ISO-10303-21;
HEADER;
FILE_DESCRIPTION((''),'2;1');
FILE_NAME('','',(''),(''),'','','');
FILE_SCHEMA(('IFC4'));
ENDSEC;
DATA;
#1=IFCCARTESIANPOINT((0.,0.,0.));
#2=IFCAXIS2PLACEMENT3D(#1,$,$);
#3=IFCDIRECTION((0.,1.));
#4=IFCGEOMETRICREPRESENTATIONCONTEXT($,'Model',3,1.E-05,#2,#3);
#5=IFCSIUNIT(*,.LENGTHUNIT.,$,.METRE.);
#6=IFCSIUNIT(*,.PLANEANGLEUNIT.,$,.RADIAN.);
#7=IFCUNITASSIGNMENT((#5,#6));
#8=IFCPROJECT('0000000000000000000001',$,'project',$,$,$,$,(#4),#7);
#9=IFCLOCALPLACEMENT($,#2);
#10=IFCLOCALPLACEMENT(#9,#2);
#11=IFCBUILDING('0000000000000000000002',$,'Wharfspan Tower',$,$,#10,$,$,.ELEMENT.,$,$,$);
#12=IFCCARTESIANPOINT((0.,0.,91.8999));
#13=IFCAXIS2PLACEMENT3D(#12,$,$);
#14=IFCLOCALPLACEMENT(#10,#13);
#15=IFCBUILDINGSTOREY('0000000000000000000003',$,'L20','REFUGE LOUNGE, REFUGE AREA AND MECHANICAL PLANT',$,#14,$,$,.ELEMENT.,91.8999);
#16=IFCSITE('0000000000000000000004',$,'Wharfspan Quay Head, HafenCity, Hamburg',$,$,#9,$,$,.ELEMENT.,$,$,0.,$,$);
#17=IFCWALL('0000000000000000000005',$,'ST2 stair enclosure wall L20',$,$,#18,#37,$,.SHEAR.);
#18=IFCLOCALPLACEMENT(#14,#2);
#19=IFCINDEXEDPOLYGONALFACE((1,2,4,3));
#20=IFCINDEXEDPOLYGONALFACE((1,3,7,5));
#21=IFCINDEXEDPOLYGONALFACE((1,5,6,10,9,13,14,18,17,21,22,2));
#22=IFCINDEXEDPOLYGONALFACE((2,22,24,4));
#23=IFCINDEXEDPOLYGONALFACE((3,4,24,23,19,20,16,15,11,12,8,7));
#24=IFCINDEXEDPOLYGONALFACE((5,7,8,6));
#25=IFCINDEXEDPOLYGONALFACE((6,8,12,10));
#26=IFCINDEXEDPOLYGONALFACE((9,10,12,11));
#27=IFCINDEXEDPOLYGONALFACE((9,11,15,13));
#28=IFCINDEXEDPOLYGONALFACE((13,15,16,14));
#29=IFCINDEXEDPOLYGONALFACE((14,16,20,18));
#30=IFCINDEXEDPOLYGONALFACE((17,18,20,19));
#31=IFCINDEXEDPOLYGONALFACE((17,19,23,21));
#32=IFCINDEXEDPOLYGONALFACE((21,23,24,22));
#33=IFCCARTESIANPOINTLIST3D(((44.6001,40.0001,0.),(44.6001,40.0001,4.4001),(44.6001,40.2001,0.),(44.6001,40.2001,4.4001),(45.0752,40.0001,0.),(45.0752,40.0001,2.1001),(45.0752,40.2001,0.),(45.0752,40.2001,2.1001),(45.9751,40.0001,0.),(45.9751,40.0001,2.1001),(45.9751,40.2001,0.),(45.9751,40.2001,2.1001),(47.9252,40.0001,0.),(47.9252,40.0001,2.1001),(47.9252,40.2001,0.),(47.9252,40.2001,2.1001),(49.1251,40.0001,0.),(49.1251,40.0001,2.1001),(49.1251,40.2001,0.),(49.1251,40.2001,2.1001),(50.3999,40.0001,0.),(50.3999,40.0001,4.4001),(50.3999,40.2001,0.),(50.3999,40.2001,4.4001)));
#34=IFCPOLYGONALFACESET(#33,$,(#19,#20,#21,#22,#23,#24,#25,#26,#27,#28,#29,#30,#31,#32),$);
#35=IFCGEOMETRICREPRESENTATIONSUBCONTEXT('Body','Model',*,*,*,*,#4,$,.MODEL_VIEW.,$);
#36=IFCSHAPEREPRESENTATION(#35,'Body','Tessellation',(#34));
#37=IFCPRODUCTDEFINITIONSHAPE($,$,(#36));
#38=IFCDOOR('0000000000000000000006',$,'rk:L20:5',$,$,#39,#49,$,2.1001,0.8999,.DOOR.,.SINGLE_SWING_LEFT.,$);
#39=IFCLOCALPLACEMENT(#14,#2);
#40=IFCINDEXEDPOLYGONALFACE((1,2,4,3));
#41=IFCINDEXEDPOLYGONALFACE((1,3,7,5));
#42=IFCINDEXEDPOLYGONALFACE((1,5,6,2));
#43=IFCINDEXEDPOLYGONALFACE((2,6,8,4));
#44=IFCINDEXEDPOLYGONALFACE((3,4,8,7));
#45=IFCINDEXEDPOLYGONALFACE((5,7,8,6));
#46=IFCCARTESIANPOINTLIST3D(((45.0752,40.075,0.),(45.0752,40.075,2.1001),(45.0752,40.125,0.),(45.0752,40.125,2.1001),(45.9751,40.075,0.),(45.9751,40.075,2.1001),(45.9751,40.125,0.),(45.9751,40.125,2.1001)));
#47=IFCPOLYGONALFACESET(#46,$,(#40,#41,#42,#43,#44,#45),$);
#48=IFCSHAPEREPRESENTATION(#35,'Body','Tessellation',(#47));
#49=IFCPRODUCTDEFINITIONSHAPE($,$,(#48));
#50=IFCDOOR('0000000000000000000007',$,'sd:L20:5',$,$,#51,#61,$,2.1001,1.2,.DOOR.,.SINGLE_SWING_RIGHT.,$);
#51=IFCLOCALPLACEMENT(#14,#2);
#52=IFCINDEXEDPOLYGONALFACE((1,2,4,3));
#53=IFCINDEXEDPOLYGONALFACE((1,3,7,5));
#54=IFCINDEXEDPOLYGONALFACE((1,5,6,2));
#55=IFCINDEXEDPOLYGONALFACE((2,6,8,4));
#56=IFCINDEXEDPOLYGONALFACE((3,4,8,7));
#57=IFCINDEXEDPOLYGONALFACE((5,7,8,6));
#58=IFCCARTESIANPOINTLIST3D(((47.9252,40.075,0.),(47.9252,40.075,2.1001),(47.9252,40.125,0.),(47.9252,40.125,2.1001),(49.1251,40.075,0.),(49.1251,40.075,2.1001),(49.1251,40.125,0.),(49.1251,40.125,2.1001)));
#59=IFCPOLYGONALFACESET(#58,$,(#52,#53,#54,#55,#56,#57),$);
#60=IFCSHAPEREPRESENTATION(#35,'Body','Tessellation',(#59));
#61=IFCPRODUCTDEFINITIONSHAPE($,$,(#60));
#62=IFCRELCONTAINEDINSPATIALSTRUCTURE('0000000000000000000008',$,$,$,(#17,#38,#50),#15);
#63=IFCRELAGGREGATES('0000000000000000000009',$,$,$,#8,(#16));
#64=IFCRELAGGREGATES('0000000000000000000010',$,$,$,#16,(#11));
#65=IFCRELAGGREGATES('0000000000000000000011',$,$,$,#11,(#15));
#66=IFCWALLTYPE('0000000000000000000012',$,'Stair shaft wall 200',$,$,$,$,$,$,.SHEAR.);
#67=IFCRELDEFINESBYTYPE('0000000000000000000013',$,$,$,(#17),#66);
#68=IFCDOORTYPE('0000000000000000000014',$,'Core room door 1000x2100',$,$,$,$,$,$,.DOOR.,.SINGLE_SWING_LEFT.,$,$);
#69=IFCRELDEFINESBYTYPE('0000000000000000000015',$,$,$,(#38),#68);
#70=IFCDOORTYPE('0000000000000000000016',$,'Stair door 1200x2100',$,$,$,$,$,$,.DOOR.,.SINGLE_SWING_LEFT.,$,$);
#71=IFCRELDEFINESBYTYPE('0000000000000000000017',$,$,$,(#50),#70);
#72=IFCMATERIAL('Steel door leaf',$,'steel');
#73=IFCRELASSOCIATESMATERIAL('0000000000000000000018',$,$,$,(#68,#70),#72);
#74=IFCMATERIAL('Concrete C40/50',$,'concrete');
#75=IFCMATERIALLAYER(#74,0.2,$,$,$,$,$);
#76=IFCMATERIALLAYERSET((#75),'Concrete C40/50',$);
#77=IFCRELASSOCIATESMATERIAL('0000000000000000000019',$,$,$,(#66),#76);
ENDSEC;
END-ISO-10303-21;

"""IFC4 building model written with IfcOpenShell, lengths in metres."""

from ifc_helpers import new_model, si_unit, direction, frame, frame_2d, origin, place, context, subcontext, project, spatial, rectangle, extrude, material, layer, layer_set, type_object, element, fill, save


model = new_model("IFC4")

# Units and contexts
model_context = context("Model", 3, precision=1e-05, world=origin(), true_north=direction((0.0, 1.0)))
body_context = subcontext(model_context, "Body", "Model", "MODEL_VIEW")
ifc_project = project(units=[si_unit("LENGTHUNIT", "METRE"), si_unit("PLANEANGLEUNIT", "RADIAN")], contexts=[model_context])

# Site, building, storey
site_placement = place(None, origin())
site = spatial("IfcSite", under=ifc_project, at=site_placement, Name="Wharfspan Quay Head, HafenCity, Hamburg", CompositionType="ELEMENT", RefElevation=0.0)
building_placement = place(site_placement, origin())
building = spatial("IfcBuilding", under=site, at=building_placement, Name="Wharfspan Tower", CompositionType="ELEMENT")
storey_placement = place(building_placement, frame((0.0, 0.0, 91.8999)))
storey = spatial("IfcBuildingStorey", under=building, at=storey_placement, Name="L20", Description="REFUGE LOUNGE, REFUGE AREA AND MECHANICAL PLANT", CompositionType="ELEMENT", Elevation=91.8999)

# Shared definitions
ifc_material_1 = material(Name="Steel door leaf", Category="steel")

# Shared definitions
door_type_1 = type_object("IfcDoorType", Name="Core room door 1000x2100", OperationType="SINGLE_SWING_LEFT", PredefinedType="DOOR", material=ifc_material_1)

# Shared definitions
ifc_material_2 = material(Name="Concrete C40/50", Category="concrete")
ifc_layer_1 = layer(ifc_material_2, 0.2)
ifc_layer_set_1 = layer_set([ifc_layer_1], Name="Concrete C40/50")
wall_type_1 = type_object("IfcWallType", Name="Stair shaft wall 200", PredefinedType="SHEAR", material=ifc_layer_set_1)

# Wall, openings, doors
wall_1_placement = place(storey_placement, frame((44.6001, 40.1001, 0.0), z_axis=(0.0, 0.0, 1.0), x_axis=(1.0, 0.0, 0.0)))
wall_1 = element("IfcWall", 1, at=wall_1_placement, inside=storey, type_object=wall_type_1, Name="ST2 stair enclosure wall L20", PredefinedType="SHEAR", context=body_context, shape_type="SweptSolid", body=[
    extrude(rectangle(XDim=5.7998, YDim=0.2, at=frame_2d((2.8999, 0.0))), origin(), (0.0, 0.0, 1.0), 4.4001),
])
opening_1_placement = place(wall_1_placement, frame((3.325, 0.0, 0.0)))
opening_1 = element("IfcOpeningElement", 2, at=opening_1_placement, cuts=wall_1, PredefinedType="OPENING", context=body_context, shape_type="SweptSolid", body=[
    extrude(rectangle(XDim=1.2, YDim=2.1001, at=frame_2d((0.6001, 1.05))), frame((0.0, 0.1099, 0.0), z_axis=(0.0, -1.0, 0.0), x_axis=(1.0, 0.0, 0.0)), (0.0, 0.0, 1.0), 0.22),
])
opening_2_placement = place(wall_1_placement, frame((0.4751, 0.0, 0.0)))
opening_2 = element("IfcOpeningElement", 3, at=opening_2_placement, cuts=wall_1, PredefinedType="OPENING", context=body_context, shape_type="SweptSolid", body=[
    extrude(rectangle(XDim=0.8999, YDim=2.1001, at=frame_2d((0.45, 1.05))), frame((0.0, 0.1099, 0.0), z_axis=(0.0, -1.0, 0.0), x_axis=(1.0, 0.0, 0.0)), (0.0, 0.0, 1.0), 0.22),
])
door_1_placement = place(opening_2_placement, origin())
door_1 = element("IfcDoor", 4, at=door_1_placement, inside=storey, type_object=door_type_1, Name="rk:L20:5", OperationType="SINGLE_SWING_LEFT", OverallHeight=2.1001, OverallWidth=0.8999, PredefinedType="DOOR", context=body_context, shape_type="SweptSolid", body=[
    extrude(rectangle(XDim=0.8999, YDim=2.1001, at=frame_2d((0.45, 1.05))), frame((0.0, 0.0249, 0.0), z_axis=(0.0, -1.0, 0.0), x_axis=(1.0, 0.0, 0.0)), (0.0, 0.0, 1.0), 0.05),
])
fill(opening_2, door_1)
door_type_2 = type_object("IfcDoorType", Name="Stair door 1200x2100", OperationType="SINGLE_SWING_LEFT", PredefinedType="DOOR", material=ifc_material_1)
door_2_placement = place(opening_1_placement, origin())
door_2 = element("IfcDoor", 5, at=door_2_placement, inside=storey, type_object=door_type_2, Name="sd:L20:5", OperationType="SINGLE_SWING_RIGHT", OverallHeight=2.1001, OverallWidth=1.2, PredefinedType="DOOR", context=body_context, shape_type="SweptSolid", body=[
    extrude(rectangle(XDim=1.2, YDim=2.1001, at=frame_2d((0.6001, 1.05))), frame((0.0, 0.0249, 0.0), z_axis=(0.0, -1.0, 0.0), x_axis=(1.0, 0.0, 0.0)), (0.0, 0.0, 1.0), 0.05),
])
fill(opening_1, door_2)

save(model, "model.ifc")
